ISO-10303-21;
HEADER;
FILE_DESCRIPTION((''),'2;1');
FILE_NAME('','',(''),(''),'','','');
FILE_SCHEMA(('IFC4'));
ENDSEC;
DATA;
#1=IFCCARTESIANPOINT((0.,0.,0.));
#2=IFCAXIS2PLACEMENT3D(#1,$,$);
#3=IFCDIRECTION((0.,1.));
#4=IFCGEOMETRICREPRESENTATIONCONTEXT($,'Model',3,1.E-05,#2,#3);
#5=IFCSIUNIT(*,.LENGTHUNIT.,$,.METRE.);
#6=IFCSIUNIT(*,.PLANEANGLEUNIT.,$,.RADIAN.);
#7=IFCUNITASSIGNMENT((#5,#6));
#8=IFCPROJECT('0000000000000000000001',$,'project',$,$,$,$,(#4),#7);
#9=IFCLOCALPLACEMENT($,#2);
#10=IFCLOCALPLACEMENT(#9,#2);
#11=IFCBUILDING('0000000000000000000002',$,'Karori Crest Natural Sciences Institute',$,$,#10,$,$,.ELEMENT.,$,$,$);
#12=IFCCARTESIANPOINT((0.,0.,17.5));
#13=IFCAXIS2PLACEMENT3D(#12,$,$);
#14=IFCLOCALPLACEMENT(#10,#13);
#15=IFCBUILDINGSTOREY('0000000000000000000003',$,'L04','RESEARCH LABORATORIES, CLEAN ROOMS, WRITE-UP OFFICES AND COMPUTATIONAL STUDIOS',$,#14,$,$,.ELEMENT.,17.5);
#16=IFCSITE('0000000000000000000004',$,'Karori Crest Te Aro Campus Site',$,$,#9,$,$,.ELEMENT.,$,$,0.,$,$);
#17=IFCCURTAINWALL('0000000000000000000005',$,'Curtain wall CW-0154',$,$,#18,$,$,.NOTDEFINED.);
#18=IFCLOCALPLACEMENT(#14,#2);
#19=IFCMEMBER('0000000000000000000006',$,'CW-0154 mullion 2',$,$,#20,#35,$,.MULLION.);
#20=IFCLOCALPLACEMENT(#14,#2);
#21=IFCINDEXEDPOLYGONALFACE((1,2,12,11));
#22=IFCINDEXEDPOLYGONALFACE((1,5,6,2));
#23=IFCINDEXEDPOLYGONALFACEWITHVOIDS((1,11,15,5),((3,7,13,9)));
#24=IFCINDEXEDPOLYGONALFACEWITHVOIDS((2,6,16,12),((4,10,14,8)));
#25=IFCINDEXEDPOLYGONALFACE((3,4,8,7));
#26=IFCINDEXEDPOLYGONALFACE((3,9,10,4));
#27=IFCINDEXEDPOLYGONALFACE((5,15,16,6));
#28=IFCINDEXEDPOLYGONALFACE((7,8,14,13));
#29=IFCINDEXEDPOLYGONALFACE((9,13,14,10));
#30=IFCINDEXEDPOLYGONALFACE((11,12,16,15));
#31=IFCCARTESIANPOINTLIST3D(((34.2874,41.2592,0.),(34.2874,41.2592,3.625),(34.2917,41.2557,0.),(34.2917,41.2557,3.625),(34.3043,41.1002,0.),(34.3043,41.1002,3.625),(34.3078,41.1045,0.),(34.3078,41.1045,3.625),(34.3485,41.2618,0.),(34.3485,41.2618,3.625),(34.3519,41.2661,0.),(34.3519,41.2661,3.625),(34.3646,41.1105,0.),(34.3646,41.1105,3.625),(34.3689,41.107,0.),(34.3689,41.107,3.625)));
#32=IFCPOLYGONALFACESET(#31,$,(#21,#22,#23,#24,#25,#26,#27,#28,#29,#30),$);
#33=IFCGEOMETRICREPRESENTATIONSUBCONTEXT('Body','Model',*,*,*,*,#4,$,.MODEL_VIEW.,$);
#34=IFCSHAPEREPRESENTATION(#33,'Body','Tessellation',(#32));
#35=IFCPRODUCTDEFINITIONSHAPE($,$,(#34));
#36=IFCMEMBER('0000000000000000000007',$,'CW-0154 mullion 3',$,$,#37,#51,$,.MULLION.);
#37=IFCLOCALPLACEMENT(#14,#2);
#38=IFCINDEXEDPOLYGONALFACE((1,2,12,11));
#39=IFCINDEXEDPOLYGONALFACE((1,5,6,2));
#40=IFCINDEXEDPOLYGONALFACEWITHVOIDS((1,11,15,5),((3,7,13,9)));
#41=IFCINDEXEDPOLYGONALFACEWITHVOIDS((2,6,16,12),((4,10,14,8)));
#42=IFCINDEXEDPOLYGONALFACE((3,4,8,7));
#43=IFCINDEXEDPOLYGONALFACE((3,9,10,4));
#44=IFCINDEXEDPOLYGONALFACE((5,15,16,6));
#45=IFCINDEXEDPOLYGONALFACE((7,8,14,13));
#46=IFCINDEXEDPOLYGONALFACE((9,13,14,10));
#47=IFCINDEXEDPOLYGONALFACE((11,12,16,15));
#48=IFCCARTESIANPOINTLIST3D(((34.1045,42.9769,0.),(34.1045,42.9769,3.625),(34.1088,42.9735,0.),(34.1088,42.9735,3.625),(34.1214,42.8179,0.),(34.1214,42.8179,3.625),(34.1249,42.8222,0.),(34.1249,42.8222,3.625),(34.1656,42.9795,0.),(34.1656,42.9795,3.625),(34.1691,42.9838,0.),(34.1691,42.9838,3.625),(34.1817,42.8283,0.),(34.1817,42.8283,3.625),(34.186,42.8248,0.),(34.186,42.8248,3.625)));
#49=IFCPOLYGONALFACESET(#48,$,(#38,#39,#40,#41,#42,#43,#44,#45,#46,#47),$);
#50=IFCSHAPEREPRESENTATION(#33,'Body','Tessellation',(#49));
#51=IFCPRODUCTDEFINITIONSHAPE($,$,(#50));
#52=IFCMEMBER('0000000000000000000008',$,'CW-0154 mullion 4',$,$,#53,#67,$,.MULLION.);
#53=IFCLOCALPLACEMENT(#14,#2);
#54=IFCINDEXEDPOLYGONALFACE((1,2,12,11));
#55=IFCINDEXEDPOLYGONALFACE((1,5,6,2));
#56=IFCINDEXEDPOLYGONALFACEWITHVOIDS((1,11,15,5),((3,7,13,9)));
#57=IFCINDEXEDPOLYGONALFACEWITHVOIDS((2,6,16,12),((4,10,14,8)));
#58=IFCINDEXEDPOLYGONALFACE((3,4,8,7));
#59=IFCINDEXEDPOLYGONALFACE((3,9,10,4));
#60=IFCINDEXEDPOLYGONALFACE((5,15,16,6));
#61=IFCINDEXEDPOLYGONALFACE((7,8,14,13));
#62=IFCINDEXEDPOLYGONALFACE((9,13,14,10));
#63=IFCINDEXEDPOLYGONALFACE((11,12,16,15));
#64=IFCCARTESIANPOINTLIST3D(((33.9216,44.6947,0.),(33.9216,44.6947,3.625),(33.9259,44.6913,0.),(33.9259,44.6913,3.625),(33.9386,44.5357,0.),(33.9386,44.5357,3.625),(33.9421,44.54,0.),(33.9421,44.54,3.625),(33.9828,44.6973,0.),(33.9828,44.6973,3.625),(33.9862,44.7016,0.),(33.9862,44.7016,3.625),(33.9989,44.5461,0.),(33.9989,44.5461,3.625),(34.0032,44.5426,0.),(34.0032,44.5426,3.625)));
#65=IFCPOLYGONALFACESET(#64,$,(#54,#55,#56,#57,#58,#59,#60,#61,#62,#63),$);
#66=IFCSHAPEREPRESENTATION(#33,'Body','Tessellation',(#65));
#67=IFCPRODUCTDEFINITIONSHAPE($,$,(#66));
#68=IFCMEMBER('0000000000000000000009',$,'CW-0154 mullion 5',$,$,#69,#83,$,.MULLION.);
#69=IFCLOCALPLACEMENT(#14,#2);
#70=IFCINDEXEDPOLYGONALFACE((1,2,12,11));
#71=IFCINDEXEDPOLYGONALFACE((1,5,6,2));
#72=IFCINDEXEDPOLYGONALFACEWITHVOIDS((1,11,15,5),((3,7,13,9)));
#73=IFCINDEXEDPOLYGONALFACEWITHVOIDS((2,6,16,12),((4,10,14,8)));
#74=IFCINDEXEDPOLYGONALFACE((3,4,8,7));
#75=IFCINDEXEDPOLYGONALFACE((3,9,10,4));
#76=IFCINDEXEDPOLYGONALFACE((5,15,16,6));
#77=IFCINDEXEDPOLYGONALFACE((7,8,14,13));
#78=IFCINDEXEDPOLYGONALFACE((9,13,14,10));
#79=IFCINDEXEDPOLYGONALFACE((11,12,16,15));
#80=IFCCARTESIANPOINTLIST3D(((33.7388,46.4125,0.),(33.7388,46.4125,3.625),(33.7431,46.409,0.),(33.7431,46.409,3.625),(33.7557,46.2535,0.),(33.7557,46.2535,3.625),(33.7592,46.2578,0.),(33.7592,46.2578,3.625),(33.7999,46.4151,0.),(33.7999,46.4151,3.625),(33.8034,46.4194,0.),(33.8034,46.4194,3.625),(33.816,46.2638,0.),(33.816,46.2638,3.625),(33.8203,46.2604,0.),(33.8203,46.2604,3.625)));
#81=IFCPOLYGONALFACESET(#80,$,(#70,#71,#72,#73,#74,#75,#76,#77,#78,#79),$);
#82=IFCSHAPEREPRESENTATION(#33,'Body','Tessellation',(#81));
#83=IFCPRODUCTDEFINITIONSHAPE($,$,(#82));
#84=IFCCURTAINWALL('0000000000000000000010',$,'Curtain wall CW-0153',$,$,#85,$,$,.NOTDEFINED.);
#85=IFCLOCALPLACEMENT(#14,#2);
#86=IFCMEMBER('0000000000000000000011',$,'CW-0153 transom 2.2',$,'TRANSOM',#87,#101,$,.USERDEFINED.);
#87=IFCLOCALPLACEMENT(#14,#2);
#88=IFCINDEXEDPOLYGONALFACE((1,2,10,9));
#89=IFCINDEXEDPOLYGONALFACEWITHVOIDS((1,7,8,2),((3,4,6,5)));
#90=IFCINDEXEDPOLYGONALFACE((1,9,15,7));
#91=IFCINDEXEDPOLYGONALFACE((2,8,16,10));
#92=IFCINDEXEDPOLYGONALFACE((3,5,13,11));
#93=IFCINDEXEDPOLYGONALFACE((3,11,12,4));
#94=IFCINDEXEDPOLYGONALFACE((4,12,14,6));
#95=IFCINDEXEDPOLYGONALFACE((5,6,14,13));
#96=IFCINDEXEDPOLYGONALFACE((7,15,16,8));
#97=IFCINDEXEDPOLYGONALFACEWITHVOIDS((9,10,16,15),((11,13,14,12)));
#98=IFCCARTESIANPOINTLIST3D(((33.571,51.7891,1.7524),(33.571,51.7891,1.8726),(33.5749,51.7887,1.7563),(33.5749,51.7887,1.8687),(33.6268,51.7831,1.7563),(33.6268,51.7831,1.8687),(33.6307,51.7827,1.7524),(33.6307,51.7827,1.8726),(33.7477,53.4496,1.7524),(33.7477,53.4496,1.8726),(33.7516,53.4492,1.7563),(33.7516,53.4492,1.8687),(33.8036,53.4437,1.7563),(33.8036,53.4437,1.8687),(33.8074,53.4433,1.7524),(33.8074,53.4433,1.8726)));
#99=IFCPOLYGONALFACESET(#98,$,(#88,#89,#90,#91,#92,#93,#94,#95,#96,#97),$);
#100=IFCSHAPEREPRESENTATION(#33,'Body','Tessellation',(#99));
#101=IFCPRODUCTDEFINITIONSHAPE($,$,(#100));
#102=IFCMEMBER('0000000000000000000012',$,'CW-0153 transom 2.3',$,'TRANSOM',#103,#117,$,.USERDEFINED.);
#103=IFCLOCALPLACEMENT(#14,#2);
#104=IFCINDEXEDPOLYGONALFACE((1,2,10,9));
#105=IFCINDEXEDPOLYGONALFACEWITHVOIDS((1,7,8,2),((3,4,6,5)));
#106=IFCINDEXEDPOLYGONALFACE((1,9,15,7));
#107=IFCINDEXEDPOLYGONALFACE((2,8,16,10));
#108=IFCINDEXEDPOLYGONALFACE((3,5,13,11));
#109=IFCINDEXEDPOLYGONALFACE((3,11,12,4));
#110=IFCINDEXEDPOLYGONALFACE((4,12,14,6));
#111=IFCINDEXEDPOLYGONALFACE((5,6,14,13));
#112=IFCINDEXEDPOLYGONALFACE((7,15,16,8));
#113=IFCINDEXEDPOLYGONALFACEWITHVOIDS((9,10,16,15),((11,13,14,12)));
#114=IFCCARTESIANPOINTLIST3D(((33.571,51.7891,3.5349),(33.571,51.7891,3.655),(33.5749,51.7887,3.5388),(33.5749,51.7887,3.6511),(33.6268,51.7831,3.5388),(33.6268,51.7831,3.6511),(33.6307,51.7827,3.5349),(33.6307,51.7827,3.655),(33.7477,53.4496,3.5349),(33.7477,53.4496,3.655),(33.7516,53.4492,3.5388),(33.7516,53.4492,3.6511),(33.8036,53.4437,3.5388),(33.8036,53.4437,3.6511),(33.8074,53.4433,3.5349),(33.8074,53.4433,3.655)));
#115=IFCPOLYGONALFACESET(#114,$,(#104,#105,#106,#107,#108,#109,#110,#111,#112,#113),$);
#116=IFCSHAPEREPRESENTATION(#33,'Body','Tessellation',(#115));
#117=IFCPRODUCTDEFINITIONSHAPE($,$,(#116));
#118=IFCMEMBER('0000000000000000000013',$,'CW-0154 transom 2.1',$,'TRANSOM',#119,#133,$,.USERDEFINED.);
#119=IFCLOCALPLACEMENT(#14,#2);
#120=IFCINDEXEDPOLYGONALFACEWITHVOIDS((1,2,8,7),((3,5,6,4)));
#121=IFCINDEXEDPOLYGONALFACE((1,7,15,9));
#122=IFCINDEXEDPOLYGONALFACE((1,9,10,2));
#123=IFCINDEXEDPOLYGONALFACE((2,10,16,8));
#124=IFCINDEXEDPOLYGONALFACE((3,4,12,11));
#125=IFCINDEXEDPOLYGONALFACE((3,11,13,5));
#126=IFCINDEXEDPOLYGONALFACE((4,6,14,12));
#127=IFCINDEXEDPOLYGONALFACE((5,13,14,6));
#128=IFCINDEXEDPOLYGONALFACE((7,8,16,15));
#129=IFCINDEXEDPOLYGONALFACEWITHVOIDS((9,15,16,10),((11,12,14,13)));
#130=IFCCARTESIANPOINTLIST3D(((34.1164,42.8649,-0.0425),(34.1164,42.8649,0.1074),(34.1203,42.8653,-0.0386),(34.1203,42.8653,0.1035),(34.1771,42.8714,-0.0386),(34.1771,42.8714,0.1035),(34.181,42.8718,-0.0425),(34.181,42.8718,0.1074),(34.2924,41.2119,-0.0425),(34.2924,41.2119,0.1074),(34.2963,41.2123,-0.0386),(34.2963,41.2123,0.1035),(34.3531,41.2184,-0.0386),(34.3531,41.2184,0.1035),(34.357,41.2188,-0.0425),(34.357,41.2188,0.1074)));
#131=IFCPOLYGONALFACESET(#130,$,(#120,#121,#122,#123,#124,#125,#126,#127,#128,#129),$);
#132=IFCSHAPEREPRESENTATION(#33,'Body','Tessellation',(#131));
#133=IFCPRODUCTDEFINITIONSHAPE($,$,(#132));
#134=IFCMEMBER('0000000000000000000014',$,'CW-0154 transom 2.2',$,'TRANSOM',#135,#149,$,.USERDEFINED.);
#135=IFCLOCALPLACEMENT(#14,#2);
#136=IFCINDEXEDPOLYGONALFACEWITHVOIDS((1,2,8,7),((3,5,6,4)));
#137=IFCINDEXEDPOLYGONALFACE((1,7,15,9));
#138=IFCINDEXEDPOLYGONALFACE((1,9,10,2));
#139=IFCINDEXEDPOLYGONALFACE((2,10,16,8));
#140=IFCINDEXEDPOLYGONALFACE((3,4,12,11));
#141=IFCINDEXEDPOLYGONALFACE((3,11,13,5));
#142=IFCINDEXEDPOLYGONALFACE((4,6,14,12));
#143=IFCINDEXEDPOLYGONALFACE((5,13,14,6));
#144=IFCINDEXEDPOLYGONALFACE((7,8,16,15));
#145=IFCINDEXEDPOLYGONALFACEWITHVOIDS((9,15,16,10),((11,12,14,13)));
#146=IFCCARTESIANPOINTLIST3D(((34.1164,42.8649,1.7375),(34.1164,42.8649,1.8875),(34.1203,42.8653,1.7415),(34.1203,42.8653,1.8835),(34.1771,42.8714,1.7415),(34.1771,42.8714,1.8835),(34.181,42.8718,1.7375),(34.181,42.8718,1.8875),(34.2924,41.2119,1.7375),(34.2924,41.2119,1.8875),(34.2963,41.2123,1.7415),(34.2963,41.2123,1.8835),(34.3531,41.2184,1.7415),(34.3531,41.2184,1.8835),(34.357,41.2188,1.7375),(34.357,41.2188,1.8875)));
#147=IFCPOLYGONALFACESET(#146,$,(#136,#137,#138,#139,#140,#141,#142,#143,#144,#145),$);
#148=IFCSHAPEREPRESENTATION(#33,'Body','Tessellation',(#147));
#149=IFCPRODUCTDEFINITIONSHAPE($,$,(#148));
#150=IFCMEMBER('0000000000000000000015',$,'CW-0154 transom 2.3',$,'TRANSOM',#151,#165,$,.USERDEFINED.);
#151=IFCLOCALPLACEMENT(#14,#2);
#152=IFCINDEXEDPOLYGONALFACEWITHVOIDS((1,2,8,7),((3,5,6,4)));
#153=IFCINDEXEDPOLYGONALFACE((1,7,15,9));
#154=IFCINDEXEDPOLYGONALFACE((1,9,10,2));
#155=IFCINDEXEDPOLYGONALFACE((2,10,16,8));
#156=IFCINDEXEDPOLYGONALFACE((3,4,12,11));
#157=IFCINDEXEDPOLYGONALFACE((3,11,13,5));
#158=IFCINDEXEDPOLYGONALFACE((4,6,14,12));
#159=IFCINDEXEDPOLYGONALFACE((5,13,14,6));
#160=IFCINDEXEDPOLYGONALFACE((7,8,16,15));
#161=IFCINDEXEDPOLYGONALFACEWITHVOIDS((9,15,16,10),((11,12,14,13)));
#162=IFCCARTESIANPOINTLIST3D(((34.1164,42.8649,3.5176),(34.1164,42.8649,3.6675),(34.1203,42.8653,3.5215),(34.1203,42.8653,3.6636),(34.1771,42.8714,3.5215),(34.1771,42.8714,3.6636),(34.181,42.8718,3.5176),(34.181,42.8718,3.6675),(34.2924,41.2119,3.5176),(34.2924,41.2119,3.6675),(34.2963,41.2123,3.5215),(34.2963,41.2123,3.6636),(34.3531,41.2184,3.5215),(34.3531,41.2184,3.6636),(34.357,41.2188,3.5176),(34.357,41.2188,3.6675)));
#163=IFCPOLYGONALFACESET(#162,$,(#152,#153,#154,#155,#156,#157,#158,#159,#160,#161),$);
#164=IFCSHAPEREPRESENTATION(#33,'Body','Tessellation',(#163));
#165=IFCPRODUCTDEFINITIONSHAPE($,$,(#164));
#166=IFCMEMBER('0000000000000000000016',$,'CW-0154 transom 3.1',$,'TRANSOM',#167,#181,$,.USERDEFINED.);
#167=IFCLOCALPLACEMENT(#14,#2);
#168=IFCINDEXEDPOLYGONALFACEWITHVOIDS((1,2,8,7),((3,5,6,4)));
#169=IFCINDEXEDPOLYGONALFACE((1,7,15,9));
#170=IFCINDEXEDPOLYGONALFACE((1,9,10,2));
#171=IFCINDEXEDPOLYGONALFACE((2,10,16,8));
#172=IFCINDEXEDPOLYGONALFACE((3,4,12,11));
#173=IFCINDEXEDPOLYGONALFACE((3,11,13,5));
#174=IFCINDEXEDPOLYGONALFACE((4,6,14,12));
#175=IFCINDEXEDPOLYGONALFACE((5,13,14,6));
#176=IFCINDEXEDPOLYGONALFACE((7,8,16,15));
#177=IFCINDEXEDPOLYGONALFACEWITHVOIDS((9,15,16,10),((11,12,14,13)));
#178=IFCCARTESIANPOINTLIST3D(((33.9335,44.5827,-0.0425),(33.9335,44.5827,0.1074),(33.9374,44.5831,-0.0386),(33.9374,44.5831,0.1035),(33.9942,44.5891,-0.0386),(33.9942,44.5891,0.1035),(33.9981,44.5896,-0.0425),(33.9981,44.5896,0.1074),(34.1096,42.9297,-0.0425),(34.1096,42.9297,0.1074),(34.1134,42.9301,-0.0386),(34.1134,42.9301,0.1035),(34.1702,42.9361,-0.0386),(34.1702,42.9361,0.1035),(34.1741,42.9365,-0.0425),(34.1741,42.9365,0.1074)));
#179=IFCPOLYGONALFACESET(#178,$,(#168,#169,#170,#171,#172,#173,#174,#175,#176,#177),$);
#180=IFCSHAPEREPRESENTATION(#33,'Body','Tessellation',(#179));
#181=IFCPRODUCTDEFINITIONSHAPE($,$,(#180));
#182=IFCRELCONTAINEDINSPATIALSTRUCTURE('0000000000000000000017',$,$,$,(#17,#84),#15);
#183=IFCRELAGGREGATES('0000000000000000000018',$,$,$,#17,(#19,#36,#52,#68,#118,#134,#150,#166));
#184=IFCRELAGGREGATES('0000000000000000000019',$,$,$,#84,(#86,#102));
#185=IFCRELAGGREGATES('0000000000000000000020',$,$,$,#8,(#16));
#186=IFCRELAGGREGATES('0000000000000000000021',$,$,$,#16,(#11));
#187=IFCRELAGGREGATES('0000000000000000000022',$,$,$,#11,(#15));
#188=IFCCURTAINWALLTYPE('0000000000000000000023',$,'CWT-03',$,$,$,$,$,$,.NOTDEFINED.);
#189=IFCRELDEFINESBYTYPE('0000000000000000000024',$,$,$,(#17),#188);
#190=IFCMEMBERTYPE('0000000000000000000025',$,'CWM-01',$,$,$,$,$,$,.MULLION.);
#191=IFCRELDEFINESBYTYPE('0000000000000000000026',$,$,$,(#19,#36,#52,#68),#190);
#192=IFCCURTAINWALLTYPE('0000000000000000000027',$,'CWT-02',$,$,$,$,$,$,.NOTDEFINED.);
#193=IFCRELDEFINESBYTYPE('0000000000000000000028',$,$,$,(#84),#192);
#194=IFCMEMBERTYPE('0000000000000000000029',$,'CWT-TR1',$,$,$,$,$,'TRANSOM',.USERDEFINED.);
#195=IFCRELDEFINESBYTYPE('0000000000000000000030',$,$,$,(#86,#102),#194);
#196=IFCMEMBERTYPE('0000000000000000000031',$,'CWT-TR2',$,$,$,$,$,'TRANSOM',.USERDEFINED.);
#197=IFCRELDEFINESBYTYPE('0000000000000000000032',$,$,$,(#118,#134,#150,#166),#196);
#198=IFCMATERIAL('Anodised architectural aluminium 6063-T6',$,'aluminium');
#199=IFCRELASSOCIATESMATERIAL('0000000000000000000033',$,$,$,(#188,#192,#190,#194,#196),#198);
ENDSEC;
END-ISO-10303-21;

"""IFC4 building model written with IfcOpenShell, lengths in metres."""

from ifc_helpers import new_model, si_unit, direction, frame, origin, origin_2d, place, context, subcontext, project, spatial, hollow_rectangle, extrude, material, material_profile, profile_set, type_object, element, aggregate, save


model = new_model("IFC4")

# Units and contexts
model_context = context("Model", 3, precision=1e-05, world=origin(), true_north=direction((0.0, 1.0)))
body_context = subcontext(model_context, "Body", "Model", "MODEL_VIEW")
ifc_project = project(units=[si_unit("LENGTHUNIT", "METRE"), si_unit("PLANEANGLEUNIT", "RADIAN")], contexts=[model_context])

# Site, building, storey
site_placement = place(None, origin())
site = spatial("IfcSite", under=ifc_project, at=site_placement, Name="Karori Crest Te Aro Campus Site", CompositionType="ELEMENT", RefElevation=0.0)
building_placement = place(site_placement, origin())
building = spatial("IfcBuilding", under=site, at=building_placement, Name="Karori Crest Natural Sciences Institute", CompositionType="ELEMENT")
storey_placement = place(building_placement, frame((0.0, 0.0, 17.5)))
storey = spatial("IfcBuildingStorey", under=building, at=storey_placement, Name="L04", Description="RESEARCH LABORATORIES, CLEAN ROOMS, WRITE-UP OFFICES AND COMPUTATIONAL STUDIOS", CompositionType="ELEMENT", Elevation=17.5)

# Curtain walls, members
ifc_material_1 = material(Name="Anodised architectural aluminium 6063-T6", Category="aluminium")
curtain_wall_type_1 = type_object("IfcCurtainWallType", Name="CWT-03", PredefinedType="NOTDEFINED", material=ifc_material_1)
curtain_wall_1_placement = place(storey_placement, origin())
curtain_wall_1 = element("IfcCurtainWall", 1, at=curtain_wall_1_placement, inside=storey, type_object=curtain_wall_type_1, Name="Curtain wall CW-0154", PredefinedType="NOTDEFINED")
ifc_material_profile_1 = material_profile(ifc_material_1, hollow_rectangle(XDim=0.0649, YDim=0.1599, WallThickness=0.0039, at=origin_2d()), Name="CWM160x65x4")
ifc_profile_set_1 = profile_set([ifc_material_profile_1], Name="Anodised architectural aluminium 6063-T6")
member_type_1 = type_object("IfcMemberType", Name="CWM-01", PredefinedType="MULLION", material=ifc_profile_set_1)
member_1_placement = place(storey_placement, frame((34.3281, 41.1831, 0.0), z_axis=(0.0, 0.0, 1.0), x_axis=(-0.994378, -0.105884, 0.0)))
member_1 = element("IfcMember", 2, at=member_1_placement, type_object=member_type_1, Name="CW-0154 mullion 2", PredefinedType="MULLION", context=body_context, shape_type="SweptSolid", body=[
    extrude(hollow_rectangle(XDim=0.0649, YDim=0.1599, WallThickness=0.0039, at=origin_2d()), origin(), (0.0, 0.0, 1.0), 3.625),
])
member_2_placement = place(storey_placement, frame((34.1453, 42.9009, 0.0), z_axis=(0.0, 0.0, 1.0), x_axis=(-0.994378, -0.105884, 0.0)))
member_2 = element("IfcMember", 3, at=member_2_placement, type_object=member_type_1, Name="CW-0154 mullion 3", PredefinedType="MULLION", context=body_context, shape_type="SweptSolid", body=[
    extrude(hollow_rectangle(XDim=0.0649, YDim=0.1599, WallThickness=0.0039, at=origin_2d()), origin(), (0.0, 0.0, 1.0), 3.625),
])
member_3_placement = place(storey_placement, frame((33.9624, 44.6187, 0.0), z_axis=(0.0, 0.0, 1.0), x_axis=(-0.994378, -0.105884, 0.0)))
member_3 = element("IfcMember", 4, at=member_3_placement, type_object=member_type_1, Name="CW-0154 mullion 4", PredefinedType="MULLION", context=body_context, shape_type="SweptSolid", body=[
    extrude(hollow_rectangle(XDim=0.0649, YDim=0.1599, WallThickness=0.0039, at=origin_2d()), origin(), (0.0, 0.0, 1.0), 3.625),
])
member_4_placement = place(storey_placement, frame((33.7795, 46.3364, 0.0), z_axis=(0.0, 0.0, 1.0), x_axis=(-0.994378, -0.105884, 0.0)))
member_4 = element("IfcMember", 5, at=member_4_placement, type_object=member_type_1, Name="CW-0154 mullion 5", PredefinedType="MULLION", context=body_context, shape_type="SweptSolid", body=[
    extrude(hollow_rectangle(XDim=0.0649, YDim=0.1599, WallThickness=0.0039, at=origin_2d()), origin(), (0.0, 0.0, 1.0), 3.625),
])
curtain_wall_type_2 = type_object("IfcCurtainWallType", Name="CWT-02", PredefinedType="NOTDEFINED", material=ifc_material_1)
curtain_wall_2_placement = place(storey_placement, origin())
curtain_wall_2 = element("IfcCurtainWall", 6, at=curtain_wall_2_placement, inside=storey, type_object=curtain_wall_type_2, Name="Curtain wall CW-0153", PredefinedType="NOTDEFINED")
ifc_material_profile_2 = material_profile(ifc_material_1, hollow_rectangle(XDim=0.0601, YDim=0.1201, WallThickness=0.0039, at=origin_2d()), Name="CWT120x60x4")
ifc_profile_set_2 = profile_set([ifc_material_profile_2], Name="Anodised architectural aluminium 6063-T6")
member_type_2 = type_object("IfcMemberType", Name="CWT-TR1", ElementType="TRANSOM", PredefinedType="USERDEFINED", material=ifc_profile_set_2)
member_5_placement = place(storey_placement, frame((33.6008, 51.7859, 1.8125), z_axis=(0.105841, 0.994383, 0.0), x_axis=(-0.994383, 0.105841, 0.0)))
member_5 = element("IfcMember", 7, at=member_5_placement, type_object=member_type_2, Name="CW-0153 transom 2.2", ObjectType="TRANSOM", PredefinedType="USERDEFINED", context=body_context, shape_type="SweptSolid", body=[
    extrude(hollow_rectangle(XDim=0.0601, YDim=0.1201, WallThickness=0.0039, at=origin_2d()), origin(), (0.0, 0.0, 1.0), 1.6699),
])
member_6_placement = place(storey_placement, frame((33.6008, 51.7859, 3.595), z_axis=(0.105841, 0.994383, 0.0), x_axis=(-0.994383, 0.105841, 0.0)))
member_6 = element("IfcMember", 8, at=member_6_placement, type_object=member_type_2, Name="CW-0153 transom 2.3", ObjectType="TRANSOM", PredefinedType="USERDEFINED", context=body_context, shape_type="SweptSolid", body=[
    extrude(hollow_rectangle(XDim=0.0601, YDim=0.1201, WallThickness=0.0039, at=origin_2d()), origin(), (0.0, 0.0, 1.0), 1.6699),
])

# Members
ifc_material_profile_3 = material_profile(ifc_material_1, hollow_rectangle(XDim=0.0649, YDim=0.1499, WallThickness=0.0039, at=origin_2d()), Name="CWT150x65x4")
ifc_profile_set_3 = profile_set([ifc_material_profile_3], Name="Anodised architectural aluminium 6063-T6")
member_type_3 = type_object("IfcMemberType", Name="CWT-TR2", ElementType="TRANSOM", PredefinedType="USERDEFINED", material=ifc_profile_set_3)
member_7_placement = place(storey_placement, frame((34.3247, 41.2153, 0.0325), z_axis=(-0.105885, 0.994378, 0.0), x_axis=(-0.994378, -0.105885, 0.0)))
member_7 = element("IfcMember", 9, at=member_7_placement, type_object=member_type_3, Name="CW-0154 transom 2.1", ObjectType="TRANSOM", PredefinedType="USERDEFINED", context=body_context, shape_type="SweptSolid", body=[
    extrude(hollow_rectangle(XDim=0.0649, YDim=0.1499, WallThickness=0.0039, at=origin_2d()), origin(), (0.0, 0.0, 1.0), 1.6624),
])
member_8_placement = place(storey_placement, frame((34.3247, 41.2153, 1.8125), z_axis=(-0.105885, 0.994378, 0.0), x_axis=(-0.994378, -0.105885, 0.0)))
member_8 = element("IfcMember", 10, at=member_8_placement, type_object=member_type_3, Name="CW-0154 transom 2.2", ObjectType="TRANSOM", PredefinedType="USERDEFINED", context=body_context, shape_type="SweptSolid", body=[
    extrude(hollow_rectangle(XDim=0.0649, YDim=0.1499, WallThickness=0.0039, at=origin_2d()), origin(), (0.0, 0.0, 1.0), 1.6624),
])
member_9_placement = place(storey_placement, frame((34.3247, 41.2153, 3.5925), z_axis=(-0.105885, 0.994378, 0.0), x_axis=(-0.994378, -0.105885, 0.0)))
member_9 = element("IfcMember", 11, at=member_9_placement, type_object=member_type_3, Name="CW-0154 transom 2.3", ObjectType="TRANSOM", PredefinedType="USERDEFINED", context=body_context, shape_type="SweptSolid", body=[
    extrude(hollow_rectangle(XDim=0.0649, YDim=0.1499, WallThickness=0.0039, at=origin_2d()), origin(), (0.0, 0.0, 1.0), 1.6624),
])
member_10_placement = place(storey_placement, frame((34.1418, 42.9331, 0.0325), z_axis=(-0.105885, 0.994378, 0.0), x_axis=(-0.994378, -0.105885, 0.0)))
member_10 = element("IfcMember", 12, at=member_10_placement, type_object=member_type_3, Name="CW-0154 transom 3.1", ObjectType="TRANSOM", PredefinedType="USERDEFINED", context=body_context, shape_type="SweptSolid", body=[
    extrude(hollow_rectangle(XDim=0.0649, YDim=0.1499, WallThickness=0.0039, at=origin_2d()), origin(), (0.0, 0.0, 1.0), 1.6624),
])

aggregate(curtain_wall_1, [member_1, member_2, member_3, member_4, member_7, member_8, member_9, member_10])
aggregate(curtain_wall_2, [member_5, member_6])

save(model, "model.ifc")
